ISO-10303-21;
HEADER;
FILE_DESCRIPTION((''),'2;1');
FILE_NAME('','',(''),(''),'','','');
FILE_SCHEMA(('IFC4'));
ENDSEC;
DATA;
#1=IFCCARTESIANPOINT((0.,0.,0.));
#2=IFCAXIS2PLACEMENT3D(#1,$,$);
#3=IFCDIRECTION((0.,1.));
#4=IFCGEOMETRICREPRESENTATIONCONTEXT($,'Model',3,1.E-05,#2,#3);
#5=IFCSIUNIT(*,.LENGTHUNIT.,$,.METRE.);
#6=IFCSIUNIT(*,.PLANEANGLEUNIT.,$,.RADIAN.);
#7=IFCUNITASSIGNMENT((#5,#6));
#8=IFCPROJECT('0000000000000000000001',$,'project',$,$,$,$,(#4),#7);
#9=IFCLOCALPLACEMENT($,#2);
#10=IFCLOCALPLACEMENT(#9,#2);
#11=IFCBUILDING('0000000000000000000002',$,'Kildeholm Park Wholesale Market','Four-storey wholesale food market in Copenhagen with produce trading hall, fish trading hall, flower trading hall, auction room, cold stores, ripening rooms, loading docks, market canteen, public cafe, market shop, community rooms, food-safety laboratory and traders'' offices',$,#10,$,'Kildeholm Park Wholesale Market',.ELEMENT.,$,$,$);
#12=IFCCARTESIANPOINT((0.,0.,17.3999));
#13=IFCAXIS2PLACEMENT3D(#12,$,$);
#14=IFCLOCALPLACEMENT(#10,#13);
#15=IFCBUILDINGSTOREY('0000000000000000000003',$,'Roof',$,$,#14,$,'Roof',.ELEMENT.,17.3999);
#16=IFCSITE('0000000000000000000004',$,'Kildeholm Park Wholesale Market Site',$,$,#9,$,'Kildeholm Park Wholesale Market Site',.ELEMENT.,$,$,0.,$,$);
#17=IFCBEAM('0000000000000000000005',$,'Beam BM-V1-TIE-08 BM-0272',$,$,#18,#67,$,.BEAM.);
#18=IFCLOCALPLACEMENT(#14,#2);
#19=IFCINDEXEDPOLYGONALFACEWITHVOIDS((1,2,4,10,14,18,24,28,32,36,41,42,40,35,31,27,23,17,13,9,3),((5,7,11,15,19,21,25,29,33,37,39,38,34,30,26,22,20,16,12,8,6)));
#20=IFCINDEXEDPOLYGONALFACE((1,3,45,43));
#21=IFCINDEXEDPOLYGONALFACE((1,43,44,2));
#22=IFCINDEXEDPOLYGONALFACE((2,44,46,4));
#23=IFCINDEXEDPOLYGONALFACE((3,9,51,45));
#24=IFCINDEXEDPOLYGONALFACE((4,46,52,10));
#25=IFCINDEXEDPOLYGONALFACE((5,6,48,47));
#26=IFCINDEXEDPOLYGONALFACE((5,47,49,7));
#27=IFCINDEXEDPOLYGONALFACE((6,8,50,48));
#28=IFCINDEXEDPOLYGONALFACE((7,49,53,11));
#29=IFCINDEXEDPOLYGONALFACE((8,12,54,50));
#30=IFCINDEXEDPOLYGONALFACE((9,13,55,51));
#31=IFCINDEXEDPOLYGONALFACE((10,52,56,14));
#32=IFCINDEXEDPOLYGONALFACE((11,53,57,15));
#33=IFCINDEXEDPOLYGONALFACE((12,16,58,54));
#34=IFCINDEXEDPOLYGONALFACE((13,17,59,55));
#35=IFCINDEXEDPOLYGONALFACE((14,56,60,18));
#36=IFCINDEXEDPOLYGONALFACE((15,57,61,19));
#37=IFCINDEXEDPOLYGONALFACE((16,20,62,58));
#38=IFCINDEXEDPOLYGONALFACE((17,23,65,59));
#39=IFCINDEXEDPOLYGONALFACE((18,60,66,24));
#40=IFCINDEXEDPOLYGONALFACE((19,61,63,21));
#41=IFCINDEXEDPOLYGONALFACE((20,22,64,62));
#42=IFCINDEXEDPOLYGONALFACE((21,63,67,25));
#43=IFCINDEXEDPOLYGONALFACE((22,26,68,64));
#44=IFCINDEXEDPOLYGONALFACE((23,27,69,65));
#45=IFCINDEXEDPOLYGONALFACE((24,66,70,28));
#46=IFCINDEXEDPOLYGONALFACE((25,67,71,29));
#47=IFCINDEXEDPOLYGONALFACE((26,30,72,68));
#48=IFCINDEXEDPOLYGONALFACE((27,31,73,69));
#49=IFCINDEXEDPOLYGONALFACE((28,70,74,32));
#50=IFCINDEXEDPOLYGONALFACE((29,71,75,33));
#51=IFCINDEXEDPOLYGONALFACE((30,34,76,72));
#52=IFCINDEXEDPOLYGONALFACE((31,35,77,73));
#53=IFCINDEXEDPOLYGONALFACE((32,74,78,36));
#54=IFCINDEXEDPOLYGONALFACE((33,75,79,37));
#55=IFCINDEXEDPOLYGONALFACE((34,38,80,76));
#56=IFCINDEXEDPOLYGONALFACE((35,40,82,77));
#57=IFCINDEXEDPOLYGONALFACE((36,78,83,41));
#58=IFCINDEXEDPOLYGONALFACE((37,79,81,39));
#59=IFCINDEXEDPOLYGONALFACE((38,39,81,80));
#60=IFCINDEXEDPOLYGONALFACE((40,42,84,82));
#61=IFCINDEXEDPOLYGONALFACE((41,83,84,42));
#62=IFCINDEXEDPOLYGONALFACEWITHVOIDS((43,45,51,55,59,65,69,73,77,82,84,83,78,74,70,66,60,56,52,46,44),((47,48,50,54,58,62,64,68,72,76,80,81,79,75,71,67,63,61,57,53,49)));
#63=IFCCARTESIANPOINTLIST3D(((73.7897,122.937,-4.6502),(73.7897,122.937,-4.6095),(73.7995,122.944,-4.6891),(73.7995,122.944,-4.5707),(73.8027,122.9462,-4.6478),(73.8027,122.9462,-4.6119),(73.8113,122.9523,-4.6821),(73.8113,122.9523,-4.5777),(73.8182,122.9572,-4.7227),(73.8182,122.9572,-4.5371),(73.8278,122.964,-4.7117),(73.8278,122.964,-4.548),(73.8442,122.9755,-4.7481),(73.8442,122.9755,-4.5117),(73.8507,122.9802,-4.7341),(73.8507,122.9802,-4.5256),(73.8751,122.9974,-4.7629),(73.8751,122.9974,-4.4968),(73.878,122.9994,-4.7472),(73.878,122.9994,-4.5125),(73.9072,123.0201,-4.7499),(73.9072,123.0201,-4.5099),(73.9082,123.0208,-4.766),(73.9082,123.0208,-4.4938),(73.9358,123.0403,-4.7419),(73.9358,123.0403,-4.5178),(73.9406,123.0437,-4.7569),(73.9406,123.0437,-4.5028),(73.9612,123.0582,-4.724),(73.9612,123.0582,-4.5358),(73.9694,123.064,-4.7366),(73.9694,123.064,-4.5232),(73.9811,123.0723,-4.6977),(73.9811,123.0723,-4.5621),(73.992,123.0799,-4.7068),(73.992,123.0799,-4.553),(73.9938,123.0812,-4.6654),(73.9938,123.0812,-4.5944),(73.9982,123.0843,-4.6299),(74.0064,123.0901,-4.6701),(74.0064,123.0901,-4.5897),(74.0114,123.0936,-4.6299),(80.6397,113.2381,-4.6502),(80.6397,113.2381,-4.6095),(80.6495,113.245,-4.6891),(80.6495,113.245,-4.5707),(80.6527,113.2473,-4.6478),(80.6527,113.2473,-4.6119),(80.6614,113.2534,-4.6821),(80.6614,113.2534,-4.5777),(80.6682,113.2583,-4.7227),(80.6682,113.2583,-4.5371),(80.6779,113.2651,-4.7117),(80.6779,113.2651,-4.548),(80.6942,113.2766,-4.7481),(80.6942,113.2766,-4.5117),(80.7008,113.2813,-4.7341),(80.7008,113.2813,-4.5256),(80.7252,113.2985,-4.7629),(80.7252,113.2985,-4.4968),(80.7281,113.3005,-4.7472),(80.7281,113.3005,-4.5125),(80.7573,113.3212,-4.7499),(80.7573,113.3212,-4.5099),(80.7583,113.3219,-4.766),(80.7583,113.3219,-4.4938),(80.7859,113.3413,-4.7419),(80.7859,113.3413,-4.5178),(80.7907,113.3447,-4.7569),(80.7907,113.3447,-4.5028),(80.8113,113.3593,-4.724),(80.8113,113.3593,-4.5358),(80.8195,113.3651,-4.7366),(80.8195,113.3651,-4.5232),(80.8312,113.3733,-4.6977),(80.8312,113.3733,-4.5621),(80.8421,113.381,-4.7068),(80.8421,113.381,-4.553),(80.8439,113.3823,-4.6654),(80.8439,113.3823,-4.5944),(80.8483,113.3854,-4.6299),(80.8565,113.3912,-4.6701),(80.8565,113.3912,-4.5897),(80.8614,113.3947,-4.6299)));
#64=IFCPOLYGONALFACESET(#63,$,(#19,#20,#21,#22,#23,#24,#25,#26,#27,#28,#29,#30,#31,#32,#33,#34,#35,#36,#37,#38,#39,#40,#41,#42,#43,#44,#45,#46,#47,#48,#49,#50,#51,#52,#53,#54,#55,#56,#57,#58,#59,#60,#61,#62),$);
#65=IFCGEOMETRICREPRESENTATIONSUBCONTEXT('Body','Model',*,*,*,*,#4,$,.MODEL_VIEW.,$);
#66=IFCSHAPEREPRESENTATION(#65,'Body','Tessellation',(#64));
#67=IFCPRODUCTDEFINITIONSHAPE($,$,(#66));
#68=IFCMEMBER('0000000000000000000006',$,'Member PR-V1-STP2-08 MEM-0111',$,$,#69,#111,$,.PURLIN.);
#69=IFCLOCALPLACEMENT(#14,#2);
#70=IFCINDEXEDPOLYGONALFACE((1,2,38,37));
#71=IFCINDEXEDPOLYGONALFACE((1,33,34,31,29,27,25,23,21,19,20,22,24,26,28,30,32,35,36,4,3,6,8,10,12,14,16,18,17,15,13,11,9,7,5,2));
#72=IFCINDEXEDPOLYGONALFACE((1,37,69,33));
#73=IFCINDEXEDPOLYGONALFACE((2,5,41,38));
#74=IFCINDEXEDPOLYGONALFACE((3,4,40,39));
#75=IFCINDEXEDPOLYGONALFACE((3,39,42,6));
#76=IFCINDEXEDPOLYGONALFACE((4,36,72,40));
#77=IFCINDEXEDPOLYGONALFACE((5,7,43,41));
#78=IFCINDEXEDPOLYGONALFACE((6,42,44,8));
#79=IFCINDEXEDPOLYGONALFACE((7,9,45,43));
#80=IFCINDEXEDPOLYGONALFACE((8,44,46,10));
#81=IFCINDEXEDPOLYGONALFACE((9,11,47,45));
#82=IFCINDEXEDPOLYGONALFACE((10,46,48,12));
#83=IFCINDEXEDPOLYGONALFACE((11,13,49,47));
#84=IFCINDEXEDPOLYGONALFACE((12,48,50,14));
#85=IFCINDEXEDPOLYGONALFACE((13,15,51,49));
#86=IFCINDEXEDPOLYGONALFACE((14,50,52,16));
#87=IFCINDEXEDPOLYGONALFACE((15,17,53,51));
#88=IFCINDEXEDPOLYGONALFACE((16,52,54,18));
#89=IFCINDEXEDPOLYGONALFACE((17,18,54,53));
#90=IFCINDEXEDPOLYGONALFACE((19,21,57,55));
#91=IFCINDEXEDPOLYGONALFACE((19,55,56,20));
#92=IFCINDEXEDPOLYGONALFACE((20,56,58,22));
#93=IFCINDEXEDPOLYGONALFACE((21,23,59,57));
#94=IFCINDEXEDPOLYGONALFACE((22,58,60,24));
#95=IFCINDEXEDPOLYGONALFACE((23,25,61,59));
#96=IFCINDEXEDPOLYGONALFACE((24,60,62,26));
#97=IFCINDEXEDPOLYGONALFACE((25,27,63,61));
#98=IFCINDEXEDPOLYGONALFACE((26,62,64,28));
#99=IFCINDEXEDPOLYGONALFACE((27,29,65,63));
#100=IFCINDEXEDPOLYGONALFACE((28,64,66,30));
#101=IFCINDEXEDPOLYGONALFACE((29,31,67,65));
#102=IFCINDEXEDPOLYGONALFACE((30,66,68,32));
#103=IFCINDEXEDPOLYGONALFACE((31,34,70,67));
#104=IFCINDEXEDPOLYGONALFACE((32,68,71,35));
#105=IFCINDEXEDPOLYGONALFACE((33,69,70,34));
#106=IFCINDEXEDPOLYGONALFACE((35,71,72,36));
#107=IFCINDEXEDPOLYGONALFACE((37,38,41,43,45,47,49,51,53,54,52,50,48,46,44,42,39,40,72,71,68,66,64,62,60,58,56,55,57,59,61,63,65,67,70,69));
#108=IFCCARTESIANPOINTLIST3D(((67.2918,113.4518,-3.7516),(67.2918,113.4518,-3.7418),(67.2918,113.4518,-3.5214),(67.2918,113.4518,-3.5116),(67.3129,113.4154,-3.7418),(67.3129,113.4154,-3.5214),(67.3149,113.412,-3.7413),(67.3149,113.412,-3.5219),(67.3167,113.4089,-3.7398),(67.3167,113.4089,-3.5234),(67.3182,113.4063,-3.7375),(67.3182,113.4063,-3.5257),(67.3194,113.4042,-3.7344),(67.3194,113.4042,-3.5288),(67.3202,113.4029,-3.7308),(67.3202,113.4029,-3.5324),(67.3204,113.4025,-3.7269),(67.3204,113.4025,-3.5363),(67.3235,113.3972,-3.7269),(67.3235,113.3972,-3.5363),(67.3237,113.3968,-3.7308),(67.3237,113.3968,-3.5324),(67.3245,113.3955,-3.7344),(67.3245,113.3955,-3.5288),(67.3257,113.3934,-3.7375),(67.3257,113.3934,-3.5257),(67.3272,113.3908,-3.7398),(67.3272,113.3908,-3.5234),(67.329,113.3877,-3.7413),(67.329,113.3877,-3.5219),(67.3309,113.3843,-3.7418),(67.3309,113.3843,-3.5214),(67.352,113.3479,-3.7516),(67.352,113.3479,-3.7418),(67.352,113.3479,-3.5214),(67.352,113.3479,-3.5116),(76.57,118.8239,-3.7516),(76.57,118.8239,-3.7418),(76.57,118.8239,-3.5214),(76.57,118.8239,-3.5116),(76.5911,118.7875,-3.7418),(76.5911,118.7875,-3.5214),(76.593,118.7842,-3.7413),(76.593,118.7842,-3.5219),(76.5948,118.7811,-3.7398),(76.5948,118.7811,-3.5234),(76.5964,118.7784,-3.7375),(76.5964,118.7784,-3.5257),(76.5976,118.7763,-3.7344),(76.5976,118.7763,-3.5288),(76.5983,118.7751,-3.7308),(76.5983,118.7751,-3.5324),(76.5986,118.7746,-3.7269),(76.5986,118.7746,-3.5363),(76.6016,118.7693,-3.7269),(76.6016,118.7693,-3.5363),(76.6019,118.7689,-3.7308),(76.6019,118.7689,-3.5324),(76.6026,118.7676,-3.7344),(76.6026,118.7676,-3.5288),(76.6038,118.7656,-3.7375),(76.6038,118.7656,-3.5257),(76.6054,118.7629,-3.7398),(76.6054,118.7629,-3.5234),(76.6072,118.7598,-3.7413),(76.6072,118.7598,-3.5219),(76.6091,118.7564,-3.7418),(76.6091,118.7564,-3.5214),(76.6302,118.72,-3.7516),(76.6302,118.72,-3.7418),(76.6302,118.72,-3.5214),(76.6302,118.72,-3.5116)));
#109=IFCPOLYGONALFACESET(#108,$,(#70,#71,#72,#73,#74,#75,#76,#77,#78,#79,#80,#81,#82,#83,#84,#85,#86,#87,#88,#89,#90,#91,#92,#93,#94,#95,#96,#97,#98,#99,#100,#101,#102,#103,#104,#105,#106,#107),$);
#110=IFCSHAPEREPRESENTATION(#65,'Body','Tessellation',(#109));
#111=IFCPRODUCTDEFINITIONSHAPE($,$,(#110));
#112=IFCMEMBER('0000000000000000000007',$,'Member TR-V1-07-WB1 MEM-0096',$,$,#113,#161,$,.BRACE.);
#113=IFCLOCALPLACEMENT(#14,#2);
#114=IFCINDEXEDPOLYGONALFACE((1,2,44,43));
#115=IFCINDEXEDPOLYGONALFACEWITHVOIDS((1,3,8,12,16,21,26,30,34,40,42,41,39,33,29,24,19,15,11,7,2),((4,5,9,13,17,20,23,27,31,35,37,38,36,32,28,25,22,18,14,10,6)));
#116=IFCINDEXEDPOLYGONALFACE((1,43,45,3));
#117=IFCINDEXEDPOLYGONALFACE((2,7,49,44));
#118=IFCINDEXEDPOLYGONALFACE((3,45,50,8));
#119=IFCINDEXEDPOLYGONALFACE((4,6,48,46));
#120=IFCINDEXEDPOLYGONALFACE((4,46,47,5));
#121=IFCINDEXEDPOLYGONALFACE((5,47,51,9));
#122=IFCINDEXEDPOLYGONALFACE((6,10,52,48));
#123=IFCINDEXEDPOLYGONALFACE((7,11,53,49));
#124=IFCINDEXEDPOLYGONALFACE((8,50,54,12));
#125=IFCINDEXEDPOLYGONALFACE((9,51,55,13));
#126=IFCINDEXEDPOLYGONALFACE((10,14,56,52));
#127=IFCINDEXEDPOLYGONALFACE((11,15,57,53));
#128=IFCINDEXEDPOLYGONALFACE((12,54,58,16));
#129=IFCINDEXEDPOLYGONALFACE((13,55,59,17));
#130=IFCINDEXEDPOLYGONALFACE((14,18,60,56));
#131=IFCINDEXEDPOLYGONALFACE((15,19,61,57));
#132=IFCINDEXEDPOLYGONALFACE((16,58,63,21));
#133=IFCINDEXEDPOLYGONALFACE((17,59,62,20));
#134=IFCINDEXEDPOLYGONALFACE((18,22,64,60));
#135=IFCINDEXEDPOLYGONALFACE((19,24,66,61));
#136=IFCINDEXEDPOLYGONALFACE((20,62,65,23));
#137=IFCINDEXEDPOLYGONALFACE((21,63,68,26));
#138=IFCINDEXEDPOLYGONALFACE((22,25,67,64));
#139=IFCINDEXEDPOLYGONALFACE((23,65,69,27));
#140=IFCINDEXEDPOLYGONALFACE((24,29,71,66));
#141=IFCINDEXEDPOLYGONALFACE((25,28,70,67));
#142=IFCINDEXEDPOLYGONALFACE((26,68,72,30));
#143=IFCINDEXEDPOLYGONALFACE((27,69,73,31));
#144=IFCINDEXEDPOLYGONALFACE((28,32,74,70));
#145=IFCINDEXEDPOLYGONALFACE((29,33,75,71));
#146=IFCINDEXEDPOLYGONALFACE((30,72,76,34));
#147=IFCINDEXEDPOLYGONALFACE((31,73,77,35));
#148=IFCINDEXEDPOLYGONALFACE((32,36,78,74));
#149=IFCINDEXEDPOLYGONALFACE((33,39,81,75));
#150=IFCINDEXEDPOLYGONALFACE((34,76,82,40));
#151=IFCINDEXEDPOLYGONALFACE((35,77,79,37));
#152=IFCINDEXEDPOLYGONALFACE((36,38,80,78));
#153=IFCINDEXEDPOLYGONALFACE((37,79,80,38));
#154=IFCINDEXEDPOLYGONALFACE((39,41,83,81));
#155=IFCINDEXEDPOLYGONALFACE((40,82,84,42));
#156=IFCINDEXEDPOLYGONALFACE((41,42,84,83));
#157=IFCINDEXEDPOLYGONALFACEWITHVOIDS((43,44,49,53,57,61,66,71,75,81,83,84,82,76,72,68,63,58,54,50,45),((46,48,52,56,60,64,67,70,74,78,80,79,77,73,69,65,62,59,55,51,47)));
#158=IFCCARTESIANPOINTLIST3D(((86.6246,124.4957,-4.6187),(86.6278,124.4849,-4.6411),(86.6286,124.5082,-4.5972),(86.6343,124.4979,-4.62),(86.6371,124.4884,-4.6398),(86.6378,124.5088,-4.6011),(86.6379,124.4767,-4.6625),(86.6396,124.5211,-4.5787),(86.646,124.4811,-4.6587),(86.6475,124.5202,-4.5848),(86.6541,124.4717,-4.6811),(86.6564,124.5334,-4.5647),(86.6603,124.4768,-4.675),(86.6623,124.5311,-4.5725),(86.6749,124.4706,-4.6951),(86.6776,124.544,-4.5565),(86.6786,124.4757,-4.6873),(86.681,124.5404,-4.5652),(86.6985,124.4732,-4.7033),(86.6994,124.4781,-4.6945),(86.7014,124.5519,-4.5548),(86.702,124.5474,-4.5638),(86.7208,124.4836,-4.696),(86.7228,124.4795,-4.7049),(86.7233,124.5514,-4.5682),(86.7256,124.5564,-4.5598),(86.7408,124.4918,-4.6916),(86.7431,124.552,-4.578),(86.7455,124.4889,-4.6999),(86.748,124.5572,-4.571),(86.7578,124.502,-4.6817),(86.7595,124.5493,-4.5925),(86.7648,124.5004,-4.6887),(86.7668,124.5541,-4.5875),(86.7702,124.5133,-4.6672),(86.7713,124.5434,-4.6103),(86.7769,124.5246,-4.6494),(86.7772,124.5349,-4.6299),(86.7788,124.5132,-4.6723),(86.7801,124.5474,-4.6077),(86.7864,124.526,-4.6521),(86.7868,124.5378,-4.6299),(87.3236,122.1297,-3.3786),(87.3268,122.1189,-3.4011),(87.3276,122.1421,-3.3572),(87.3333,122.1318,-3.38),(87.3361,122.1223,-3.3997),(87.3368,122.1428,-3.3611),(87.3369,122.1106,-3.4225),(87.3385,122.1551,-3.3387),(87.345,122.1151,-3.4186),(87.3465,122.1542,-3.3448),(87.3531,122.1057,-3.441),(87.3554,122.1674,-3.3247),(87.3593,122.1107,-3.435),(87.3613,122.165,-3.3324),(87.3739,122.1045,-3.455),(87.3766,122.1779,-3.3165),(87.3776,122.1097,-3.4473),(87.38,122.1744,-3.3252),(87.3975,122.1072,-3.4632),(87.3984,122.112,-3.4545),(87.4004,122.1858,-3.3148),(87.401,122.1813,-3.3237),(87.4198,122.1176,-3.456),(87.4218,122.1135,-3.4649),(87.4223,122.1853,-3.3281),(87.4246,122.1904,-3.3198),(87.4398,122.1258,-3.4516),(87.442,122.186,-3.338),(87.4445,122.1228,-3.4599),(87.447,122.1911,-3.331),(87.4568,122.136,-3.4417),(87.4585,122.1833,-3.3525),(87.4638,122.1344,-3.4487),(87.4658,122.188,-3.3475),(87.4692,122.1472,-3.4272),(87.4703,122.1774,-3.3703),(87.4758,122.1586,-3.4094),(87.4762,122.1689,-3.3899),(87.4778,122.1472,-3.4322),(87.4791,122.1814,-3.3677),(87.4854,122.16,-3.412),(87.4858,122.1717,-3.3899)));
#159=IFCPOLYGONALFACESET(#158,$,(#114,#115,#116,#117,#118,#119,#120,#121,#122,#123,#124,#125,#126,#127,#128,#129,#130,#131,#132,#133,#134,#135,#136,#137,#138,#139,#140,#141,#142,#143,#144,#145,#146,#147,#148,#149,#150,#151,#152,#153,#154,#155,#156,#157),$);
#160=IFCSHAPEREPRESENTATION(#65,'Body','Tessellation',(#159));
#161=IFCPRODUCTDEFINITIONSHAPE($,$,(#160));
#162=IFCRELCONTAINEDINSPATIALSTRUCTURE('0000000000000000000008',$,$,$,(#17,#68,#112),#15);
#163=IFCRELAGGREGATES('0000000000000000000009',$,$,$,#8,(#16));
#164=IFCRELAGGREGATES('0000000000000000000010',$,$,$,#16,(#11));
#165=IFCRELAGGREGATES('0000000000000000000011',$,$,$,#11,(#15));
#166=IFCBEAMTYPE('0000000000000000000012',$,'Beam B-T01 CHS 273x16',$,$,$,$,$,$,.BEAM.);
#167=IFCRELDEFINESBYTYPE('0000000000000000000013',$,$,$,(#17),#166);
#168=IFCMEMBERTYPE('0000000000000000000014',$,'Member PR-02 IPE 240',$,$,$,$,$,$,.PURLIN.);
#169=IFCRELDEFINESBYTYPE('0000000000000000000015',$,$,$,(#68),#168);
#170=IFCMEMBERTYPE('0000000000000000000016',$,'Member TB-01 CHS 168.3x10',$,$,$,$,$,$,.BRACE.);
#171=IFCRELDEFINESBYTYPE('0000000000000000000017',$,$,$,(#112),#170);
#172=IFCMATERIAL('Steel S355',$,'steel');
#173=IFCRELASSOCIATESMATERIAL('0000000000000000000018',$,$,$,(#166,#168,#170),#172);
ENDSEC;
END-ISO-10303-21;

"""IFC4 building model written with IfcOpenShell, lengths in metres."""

from ifc_helpers import new_model, si_unit, direction, frame, origin, origin_2d, place, context, subcontext, project, spatial, hollow_circle, i_section, extrude, material, material_profile, profile_set, type_object, element, save


model = new_model("IFC4")

# Units and contexts
model_context = context("Model", 3, precision=1e-05, world=origin(), true_north=direction((0.0, 1.0)))
body_context = subcontext(model_context, "Body", "Model", "MODEL_VIEW")
ifc_project = project(units=[si_unit("LENGTHUNIT", "METRE"), si_unit("PLANEANGLEUNIT", "RADIAN")], contexts=[model_context])

# Site, building, storey
site_placement = place(None, origin())
site = spatial("IfcSite", under=ifc_project, at=site_placement, Name="Kildeholm Park Wholesale Market Site", LongName="Kildeholm Park Wholesale Market Site", CompositionType="ELEMENT", RefElevation=0.0)
building_placement = place(site_placement, origin())
building = spatial("IfcBuilding", under=site, at=building_placement, Name="Kildeholm Park Wholesale Market", Description="Four-storey wholesale food market in Copenhagen with produce trading hall, fish trading hall, flower trading hall, auction room, cold stores, ripening rooms, loading docks, market canteen, public cafe, market shop, community rooms, food-safety laboratory and traders' offices", LongName="Kildeholm Park Wholesale Market", CompositionType="ELEMENT")
storey_placement = place(building_placement, frame((0.0, 0.0, 17.3999)))
storey = spatial("IfcBuildingStorey", under=building, at=storey_placement, Name="Roof", LongName="Roof", CompositionType="ELEMENT", Elevation=17.3999)

# Beam
ifc_material_1 = material(Name="Steel S355", Category="steel")
ifc_material_profile_1 = material_profile(ifc_material_1, hollow_circle(Radius=0.1365, WallThickness=0.0161, at=origin_2d()), Name="CHS 273x16")
ifc_profile_set_1 = profile_set([ifc_material_profile_1], Name="Steel S355")
beam_type_1 = type_object("IfcBeamType", Name="Beam B-T01 CHS 273x16", PredefinedType="BEAM", material=ifc_profile_set_1)
beam_1_placement = place(storey_placement, frame((73.8999, 123.0149, -4.6299), z_axis=(0.576895, -0.816819, 0.0), x_axis=(0.816819, 0.576895, 0.0)))
element("IfcBeam", 1, at=beam_1_placement, inside=storey, type_object=beam_type_1, Name="Beam BM-V1-TIE-08 BM-0272", PredefinedType="BEAM", context=body_context, shape_type="SweptSolid", body=[
    extrude(hollow_circle(Radius=0.1365, WallThickness=0.0161, at=origin_2d()), origin(), (0.0, 0.0, 1.0), 11.874),
])

# Members
ifc_material_profile_2 = material_profile(ifc_material_1, i_section(OverallWidth=0.1201, OverallDepth=0.24, WebThickness=0.0061, FlangeThickness=0.0098, FilletRadius=0.0149, at=origin_2d()), Name="IPE 240")
ifc_profile_set_2 = profile_set([ifc_material_profile_2], Name="Steel S355")
member_type_1 = type_object("IfcMemberType", Name="Member PR-02 IPE 240", PredefinedType="PURLIN", material=ifc_profile_set_2)
member_1_placement = place(storey_placement, frame((76.6001, 118.772, -3.6316), z_axis=(-0.865404, -0.501075, 0.0), x_axis=(0.501075, -0.865404, 0.0)))
element("IfcMember", 2, at=member_1_placement, inside=storey, type_object=member_type_1, Name="Member PR-V1-STP2-08 MEM-0111", PredefinedType="PURLIN", context=body_context, shape_type="SweptSolid", body=[
    extrude(i_section(OverallWidth=0.1201, OverallDepth=0.24, WebThickness=0.0061, FlangeThickness=0.0098, FilletRadius=0.0149, at=origin_2d()), origin(), (0.0, 0.0, 1.0), 10.7212),
])
ifc_material_profile_3 = material_profile(ifc_material_1, hollow_circle(Radius=0.0842, WallThickness=0.01, at=origin_2d()), Name="CHS 168.3x10")
ifc_profile_set_3 = profile_set([ifc_material_profile_3], Name="Steel S355")
member_type_2 = type_object("IfcMemberType", Name="Member TB-01 CHS 168.3x10", PredefinedType="BRACE", material=ifc_profile_set_3)
member_2_placement = place(storey_placement, frame((86.7061, 124.5139, -4.6299), z_axis=(0.253146, -0.856878, 0.449085), x_axis=(0.959024, 0.283323, 0.0)))
element("IfcMember", 3, at=member_2_placement, inside=storey, type_object=member_type_2, Name="Member TR-V1-07-WB1 MEM-0096", PredefinedType="BRACE", context=body_context, shape_type="SweptSolid", body=[
    extrude(hollow_circle(Radius=0.0842, WallThickness=0.01, at=origin_2d()), origin(), (0.0, 0.0, 1.0), 2.7612),
])

save(model, "model.ifc")
